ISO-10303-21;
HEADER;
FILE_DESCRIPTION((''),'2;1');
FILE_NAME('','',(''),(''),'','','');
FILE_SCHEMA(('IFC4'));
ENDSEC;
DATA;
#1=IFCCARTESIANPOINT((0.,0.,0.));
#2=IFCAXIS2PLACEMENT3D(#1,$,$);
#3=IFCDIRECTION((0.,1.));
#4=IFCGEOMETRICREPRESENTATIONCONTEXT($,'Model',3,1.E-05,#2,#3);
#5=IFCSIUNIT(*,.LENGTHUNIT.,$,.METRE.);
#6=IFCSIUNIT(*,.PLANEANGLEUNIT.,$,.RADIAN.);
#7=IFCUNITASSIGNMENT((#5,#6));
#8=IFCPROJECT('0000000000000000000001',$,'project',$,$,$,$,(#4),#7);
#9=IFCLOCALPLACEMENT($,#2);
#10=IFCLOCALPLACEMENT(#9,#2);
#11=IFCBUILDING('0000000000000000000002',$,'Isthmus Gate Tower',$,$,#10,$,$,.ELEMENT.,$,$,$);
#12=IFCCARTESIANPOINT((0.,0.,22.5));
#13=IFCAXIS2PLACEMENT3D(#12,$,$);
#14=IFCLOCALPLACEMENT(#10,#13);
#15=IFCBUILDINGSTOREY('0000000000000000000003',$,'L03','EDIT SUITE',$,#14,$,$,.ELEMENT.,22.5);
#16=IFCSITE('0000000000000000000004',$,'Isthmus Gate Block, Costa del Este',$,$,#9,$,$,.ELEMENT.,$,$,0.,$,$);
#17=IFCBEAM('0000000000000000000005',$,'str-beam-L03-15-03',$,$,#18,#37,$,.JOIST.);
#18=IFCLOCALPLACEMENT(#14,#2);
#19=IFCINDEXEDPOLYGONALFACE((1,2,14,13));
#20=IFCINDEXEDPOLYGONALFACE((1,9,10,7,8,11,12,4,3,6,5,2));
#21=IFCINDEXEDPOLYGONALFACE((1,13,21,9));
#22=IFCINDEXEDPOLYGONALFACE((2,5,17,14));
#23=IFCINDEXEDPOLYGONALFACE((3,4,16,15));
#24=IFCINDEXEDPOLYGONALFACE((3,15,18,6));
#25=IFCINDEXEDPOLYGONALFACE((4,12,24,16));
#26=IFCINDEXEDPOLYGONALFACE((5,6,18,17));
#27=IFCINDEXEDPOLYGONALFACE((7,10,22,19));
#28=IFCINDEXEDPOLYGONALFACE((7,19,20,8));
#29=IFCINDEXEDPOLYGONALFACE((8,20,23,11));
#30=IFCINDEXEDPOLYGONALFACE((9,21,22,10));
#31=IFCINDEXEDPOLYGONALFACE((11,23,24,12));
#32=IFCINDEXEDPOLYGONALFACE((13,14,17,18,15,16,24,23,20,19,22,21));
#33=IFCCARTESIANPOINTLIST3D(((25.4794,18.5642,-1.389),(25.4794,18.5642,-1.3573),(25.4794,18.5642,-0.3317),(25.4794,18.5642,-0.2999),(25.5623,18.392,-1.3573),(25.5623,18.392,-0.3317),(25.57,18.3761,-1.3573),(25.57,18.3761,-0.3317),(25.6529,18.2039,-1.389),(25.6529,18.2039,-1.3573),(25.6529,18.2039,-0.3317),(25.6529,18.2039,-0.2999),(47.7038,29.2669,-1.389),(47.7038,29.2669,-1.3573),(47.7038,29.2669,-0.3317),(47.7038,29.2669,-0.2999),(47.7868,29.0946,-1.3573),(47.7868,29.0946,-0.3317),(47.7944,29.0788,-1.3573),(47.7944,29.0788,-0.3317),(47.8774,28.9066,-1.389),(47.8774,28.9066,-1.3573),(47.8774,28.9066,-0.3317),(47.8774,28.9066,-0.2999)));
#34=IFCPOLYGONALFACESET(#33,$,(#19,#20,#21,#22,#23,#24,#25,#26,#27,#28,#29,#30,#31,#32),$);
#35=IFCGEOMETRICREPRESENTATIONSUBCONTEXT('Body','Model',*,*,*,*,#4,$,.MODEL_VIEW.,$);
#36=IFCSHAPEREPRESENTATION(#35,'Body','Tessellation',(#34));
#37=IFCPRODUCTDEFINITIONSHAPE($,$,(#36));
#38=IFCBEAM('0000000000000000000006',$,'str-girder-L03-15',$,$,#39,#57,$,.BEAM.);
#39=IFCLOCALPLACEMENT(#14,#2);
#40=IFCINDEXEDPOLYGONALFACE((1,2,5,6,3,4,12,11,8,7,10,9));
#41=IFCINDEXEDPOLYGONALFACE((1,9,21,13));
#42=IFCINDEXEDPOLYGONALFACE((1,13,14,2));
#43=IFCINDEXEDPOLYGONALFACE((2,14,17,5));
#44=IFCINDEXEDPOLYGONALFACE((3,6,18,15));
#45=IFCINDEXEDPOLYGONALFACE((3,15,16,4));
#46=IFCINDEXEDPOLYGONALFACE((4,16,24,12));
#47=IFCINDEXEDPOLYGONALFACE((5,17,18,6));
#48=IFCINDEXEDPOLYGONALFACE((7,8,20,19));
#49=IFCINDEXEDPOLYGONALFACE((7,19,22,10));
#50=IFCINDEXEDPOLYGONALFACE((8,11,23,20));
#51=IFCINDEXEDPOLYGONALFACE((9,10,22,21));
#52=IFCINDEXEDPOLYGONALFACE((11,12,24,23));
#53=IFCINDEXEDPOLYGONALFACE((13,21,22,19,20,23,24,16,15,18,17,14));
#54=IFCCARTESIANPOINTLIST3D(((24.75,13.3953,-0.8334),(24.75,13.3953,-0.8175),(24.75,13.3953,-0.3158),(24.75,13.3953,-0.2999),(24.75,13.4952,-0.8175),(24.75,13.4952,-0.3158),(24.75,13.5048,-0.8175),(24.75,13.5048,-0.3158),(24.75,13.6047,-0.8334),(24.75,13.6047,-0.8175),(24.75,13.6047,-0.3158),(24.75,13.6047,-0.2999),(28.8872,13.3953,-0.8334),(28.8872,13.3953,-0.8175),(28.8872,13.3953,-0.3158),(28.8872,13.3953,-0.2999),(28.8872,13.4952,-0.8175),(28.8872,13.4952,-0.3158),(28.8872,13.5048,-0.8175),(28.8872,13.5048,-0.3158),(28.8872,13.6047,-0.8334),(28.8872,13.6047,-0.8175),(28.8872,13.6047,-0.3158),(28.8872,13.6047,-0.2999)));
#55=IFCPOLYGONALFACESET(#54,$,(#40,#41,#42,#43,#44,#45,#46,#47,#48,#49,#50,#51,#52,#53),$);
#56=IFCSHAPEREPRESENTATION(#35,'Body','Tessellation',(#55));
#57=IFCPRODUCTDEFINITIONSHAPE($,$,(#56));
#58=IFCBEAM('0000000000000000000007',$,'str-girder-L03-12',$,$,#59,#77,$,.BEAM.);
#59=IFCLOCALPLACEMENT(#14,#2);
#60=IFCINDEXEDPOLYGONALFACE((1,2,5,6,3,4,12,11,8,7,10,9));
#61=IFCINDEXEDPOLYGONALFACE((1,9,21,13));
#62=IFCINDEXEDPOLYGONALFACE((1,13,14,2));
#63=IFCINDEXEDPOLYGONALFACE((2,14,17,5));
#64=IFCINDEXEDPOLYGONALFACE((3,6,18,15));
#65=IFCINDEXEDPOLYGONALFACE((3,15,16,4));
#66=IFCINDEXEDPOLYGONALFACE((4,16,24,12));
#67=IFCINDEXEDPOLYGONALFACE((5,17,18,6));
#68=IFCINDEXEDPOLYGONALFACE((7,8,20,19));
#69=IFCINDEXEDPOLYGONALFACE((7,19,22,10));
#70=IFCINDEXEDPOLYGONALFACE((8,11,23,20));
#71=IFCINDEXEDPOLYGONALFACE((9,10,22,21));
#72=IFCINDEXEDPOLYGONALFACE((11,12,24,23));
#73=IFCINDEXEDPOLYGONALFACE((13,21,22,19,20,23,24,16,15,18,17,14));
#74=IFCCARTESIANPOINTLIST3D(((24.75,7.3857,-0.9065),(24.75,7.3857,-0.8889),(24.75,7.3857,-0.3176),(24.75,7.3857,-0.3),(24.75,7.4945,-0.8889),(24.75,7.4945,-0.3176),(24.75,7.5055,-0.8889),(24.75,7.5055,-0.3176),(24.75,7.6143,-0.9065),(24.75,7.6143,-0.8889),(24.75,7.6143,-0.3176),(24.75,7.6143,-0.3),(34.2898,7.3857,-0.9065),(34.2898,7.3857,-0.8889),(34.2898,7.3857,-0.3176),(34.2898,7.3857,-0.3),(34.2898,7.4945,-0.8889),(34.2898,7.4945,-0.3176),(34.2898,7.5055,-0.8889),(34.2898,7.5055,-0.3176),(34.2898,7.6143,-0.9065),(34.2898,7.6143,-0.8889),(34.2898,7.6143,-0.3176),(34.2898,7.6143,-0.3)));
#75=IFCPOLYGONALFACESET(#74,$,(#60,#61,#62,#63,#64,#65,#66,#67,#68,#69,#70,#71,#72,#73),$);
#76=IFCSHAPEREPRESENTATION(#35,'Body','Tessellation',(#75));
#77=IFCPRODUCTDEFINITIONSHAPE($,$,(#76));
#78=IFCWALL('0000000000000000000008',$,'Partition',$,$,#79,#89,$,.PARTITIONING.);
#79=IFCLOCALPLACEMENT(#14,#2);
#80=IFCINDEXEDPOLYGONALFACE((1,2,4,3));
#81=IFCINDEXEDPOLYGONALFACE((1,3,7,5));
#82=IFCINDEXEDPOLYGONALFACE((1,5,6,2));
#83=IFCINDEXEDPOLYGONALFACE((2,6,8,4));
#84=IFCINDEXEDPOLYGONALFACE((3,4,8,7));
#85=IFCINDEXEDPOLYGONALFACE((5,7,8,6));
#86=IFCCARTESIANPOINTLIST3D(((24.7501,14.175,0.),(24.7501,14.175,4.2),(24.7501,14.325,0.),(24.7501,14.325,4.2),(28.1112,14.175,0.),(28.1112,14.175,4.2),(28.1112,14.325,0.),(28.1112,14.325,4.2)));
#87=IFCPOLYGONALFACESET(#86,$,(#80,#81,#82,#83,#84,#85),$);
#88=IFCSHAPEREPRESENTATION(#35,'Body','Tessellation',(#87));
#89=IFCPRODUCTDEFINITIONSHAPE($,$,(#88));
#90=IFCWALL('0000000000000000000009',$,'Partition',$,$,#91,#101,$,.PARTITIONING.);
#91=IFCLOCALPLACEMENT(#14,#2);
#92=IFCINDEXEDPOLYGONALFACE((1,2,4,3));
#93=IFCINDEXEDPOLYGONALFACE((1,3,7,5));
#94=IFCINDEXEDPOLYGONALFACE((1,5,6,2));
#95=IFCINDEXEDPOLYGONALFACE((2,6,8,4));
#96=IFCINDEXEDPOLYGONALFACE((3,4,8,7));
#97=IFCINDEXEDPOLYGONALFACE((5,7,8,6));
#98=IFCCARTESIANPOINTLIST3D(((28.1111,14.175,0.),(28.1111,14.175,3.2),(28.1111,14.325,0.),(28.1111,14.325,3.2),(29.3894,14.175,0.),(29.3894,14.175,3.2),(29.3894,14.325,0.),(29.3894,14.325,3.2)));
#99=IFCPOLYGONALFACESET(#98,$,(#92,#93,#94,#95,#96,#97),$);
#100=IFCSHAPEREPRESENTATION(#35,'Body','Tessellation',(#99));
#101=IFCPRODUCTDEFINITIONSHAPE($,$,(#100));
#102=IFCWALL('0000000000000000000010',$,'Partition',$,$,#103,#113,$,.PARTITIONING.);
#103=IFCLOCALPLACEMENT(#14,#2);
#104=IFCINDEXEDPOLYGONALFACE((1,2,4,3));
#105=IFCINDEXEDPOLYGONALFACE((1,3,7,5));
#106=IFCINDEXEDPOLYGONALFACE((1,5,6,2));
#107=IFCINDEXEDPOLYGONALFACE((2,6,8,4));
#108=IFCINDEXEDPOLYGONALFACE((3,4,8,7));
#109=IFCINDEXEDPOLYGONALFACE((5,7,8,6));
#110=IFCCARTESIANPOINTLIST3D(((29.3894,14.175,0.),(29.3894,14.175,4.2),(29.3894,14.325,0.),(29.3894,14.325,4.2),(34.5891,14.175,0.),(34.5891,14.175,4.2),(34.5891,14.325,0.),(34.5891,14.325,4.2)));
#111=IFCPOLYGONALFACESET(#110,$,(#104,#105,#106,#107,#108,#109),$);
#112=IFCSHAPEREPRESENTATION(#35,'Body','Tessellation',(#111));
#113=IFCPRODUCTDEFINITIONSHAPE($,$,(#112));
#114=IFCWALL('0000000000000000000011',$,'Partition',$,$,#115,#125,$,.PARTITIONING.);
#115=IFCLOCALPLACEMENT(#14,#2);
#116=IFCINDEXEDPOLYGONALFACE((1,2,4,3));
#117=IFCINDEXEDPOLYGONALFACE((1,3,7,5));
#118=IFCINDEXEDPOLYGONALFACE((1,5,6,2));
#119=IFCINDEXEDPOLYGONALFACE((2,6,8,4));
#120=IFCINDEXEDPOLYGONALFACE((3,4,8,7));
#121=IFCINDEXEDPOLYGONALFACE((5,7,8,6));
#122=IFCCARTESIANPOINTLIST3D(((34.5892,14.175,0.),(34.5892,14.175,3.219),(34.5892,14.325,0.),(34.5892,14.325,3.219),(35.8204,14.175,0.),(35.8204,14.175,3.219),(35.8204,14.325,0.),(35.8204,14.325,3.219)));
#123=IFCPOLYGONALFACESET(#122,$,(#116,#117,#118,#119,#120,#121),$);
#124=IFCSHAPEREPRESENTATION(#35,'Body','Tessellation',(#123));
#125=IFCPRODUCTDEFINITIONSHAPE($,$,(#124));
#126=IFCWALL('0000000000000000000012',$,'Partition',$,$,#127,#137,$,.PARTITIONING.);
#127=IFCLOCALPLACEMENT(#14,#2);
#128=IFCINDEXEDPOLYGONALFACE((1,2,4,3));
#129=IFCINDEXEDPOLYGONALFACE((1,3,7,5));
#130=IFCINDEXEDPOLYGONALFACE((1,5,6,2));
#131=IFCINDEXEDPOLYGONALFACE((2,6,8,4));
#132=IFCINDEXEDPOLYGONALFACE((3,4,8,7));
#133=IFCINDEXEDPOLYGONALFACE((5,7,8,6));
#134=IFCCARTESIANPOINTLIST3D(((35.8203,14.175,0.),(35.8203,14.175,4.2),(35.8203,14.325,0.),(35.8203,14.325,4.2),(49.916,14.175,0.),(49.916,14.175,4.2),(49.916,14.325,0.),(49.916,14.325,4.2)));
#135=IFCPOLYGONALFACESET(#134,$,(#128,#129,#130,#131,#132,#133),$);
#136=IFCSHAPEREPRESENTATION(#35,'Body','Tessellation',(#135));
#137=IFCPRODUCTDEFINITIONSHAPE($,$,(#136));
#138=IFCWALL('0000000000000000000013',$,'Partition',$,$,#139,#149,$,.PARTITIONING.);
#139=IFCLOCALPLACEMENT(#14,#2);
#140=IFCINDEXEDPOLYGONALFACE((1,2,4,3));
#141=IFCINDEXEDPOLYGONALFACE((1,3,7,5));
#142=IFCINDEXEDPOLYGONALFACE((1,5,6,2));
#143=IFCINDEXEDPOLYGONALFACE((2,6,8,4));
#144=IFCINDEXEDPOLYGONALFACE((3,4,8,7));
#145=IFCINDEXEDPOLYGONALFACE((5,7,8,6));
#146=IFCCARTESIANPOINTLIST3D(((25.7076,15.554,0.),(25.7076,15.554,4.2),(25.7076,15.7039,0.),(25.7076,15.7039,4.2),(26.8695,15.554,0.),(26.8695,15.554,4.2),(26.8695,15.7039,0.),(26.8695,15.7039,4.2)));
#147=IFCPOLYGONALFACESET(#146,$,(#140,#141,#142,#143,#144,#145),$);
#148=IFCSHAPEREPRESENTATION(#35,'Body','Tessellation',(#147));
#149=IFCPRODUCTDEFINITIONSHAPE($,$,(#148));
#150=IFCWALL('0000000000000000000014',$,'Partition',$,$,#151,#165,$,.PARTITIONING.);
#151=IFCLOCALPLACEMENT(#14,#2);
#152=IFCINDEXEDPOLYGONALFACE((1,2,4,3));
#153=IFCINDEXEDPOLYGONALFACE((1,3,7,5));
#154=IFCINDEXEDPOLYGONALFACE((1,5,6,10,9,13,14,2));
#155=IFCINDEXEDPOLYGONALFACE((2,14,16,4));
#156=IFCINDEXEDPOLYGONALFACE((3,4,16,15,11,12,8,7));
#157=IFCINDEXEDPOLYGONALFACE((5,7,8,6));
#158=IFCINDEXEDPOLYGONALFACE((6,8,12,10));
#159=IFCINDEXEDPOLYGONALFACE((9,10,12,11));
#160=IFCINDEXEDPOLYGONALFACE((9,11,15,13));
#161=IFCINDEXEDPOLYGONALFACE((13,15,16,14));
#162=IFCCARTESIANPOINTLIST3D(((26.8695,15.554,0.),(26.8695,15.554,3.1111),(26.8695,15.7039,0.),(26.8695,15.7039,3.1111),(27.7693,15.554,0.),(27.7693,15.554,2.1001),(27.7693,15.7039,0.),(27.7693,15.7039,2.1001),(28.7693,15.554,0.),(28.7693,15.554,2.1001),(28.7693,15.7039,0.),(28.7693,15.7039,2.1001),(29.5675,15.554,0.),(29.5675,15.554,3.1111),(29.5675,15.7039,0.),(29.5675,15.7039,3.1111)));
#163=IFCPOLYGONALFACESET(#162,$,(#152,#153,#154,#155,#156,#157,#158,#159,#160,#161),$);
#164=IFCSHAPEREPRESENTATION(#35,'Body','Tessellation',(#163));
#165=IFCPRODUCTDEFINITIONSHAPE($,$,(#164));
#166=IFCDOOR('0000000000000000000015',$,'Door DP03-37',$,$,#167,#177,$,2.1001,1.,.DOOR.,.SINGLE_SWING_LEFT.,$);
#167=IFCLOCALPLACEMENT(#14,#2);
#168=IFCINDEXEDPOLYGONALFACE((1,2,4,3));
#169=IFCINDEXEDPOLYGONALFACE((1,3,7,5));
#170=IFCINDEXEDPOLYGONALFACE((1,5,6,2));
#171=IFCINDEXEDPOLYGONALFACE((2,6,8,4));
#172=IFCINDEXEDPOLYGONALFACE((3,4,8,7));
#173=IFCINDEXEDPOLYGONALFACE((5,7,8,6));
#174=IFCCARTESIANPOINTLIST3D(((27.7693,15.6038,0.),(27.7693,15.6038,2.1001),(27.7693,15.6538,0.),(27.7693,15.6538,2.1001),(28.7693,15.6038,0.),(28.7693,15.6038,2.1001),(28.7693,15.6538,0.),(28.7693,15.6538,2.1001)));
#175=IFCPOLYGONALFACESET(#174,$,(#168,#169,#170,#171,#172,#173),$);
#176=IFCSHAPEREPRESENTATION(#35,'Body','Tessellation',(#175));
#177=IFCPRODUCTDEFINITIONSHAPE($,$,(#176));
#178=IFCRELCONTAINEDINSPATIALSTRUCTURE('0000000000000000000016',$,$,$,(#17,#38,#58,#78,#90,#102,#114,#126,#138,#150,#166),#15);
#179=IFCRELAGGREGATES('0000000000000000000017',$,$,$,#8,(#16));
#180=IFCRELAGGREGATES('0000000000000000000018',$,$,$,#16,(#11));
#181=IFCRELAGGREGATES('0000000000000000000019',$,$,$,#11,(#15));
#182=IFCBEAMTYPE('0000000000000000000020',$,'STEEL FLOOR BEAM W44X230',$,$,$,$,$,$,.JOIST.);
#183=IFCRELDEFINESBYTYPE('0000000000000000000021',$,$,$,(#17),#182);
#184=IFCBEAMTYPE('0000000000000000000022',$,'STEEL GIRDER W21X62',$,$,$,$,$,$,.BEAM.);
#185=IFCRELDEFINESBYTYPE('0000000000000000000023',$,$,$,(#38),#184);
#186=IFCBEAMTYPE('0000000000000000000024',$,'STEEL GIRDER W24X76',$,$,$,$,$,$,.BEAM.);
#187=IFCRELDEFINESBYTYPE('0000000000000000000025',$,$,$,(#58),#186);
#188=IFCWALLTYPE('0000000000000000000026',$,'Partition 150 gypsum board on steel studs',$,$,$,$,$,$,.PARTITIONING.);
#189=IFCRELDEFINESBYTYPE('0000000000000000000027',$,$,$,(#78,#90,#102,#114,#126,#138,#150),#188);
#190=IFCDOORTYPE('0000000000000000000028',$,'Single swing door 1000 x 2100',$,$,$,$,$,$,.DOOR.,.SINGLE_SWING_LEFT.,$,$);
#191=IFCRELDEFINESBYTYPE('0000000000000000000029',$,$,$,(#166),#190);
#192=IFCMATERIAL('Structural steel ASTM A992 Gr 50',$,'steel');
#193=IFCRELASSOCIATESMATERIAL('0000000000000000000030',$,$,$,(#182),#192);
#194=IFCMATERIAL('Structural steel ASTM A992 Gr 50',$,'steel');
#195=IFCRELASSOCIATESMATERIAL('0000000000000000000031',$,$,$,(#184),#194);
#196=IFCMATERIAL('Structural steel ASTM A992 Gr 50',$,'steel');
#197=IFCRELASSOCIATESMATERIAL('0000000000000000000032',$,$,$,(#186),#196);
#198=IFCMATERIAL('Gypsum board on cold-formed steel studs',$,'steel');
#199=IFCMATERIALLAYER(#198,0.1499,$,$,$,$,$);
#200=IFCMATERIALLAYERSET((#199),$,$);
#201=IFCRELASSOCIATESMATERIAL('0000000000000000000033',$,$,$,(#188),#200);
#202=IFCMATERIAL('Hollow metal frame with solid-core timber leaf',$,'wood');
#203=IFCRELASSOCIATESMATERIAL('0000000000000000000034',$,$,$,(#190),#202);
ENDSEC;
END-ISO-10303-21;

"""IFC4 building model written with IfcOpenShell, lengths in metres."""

from ifc_helpers import new_model, si_unit, direction, frame, frame_2d, origin, origin_2d, place, context, subcontext, project, spatial, rectangle, i_section, extrude, material, layer, layer_set, material_profile, profile_set, type_object, element, fill, save


model = new_model("IFC4")

# Units and contexts
model_context = context("Model", 3, precision=1e-05, world=origin(), true_north=direction((0.0, 1.0)))
body_context = subcontext(model_context, "Body", "Model", "MODEL_VIEW")
ifc_project = project(units=[si_unit("LENGTHUNIT", "METRE"), si_unit("PLANEANGLEUNIT", "RADIAN")], contexts=[model_context])

# Site, building, storey
site_placement = place(None, origin())
site = spatial("IfcSite", under=ifc_project, at=site_placement, Name="Isthmus Gate Block, Costa del Este", CompositionType="ELEMENT", RefElevation=0.0)
building_placement = place(site_placement, origin())
building = spatial("IfcBuilding", under=site, at=building_placement, Name="Isthmus Gate Tower", CompositionType="ELEMENT")
storey_placement = place(building_placement, frame((0.0, 0.0, 22.5)))
storey = spatial("IfcBuildingStorey", under=building, at=storey_placement, Name="L03", Description="EDIT SUITE", CompositionType="ELEMENT", Elevation=22.5)

# Beams
ifc_material_1 = material(Name="Structural steel ASTM A992 Gr 50", Category="steel")
ifc_material_profile_1 = material_profile(ifc_material_1, i_section(OverallWidth=0.3999, OverallDepth=1.0891, WebThickness=0.0176, FlangeThickness=0.0317, at=origin_2d()), Name="W44X230")
ifc_profile_set_1 = profile_set([ifc_material_profile_1], Name="Structural steel ASTM A992 Gr 50")
beam_type_1 = type_object("IfcBeamType", Name="STEEL FLOOR BEAM W44X230", PredefinedType="JOIST", material=ifc_profile_set_1)
beam_1_placement = place(storey_placement, frame((25.5662, 18.384, -0.8445), z_axis=(0.90097, 0.433882, 0.0), x_axis=(-0.433882, 0.90097, 0.0)))
element("IfcBeam", 1, at=beam_1_placement, inside=storey, type_object=beam_type_1, Name="str-beam-L03-15-03", PredefinedType="JOIST", context=body_context, shape_type="SweptSolid", body=[
    extrude(i_section(OverallWidth=0.3999, OverallDepth=1.0891, WebThickness=0.0176, FlangeThickness=0.0317, at=origin_2d()), origin(), (0.0, 0.0, 1.0), 24.6672),
])
ifc_material_2 = material(Name="Structural steel ASTM A992 Gr 50", Category="steel")
ifc_material_profile_2 = material_profile(ifc_material_2, i_section(OverallWidth=0.2095, OverallDepth=0.5334, WebThickness=0.0095, FlangeThickness=0.0159, at=origin_2d()), Name="W21X62")
ifc_profile_set_2 = profile_set([ifc_material_profile_2], Name="Structural steel ASTM A992 Gr 50")
beam_type_2 = type_object("IfcBeamType", Name="STEEL GIRDER W21X62", PredefinedType="BEAM", material=ifc_profile_set_2)
beam_2_placement = place(storey_placement, frame((24.75, 13.5, -0.5667), z_axis=(1.0, 0.0, 0.0), x_axis=(0.0, 1.0, 0.0)))
element("IfcBeam", 2, at=beam_2_placement, inside=storey, type_object=beam_type_2, Name="str-girder-L03-15", PredefinedType="BEAM", context=body_context, shape_type="SweptSolid", body=[
    extrude(i_section(OverallWidth=0.2095, OverallDepth=0.5334, WebThickness=0.0095, FlangeThickness=0.0159, at=origin_2d()), origin(), (0.0, 0.0, 1.0), 4.1372),
])
ifc_material_3 = material(Name="Structural steel ASTM A992 Gr 50", Category="steel")
ifc_material_profile_3 = material_profile(ifc_material_3, i_section(OverallWidth=0.2285, OverallDepth=0.6064, WebThickness=0.011, FlangeThickness=0.0176, at=origin_2d()), Name="W24X76")
ifc_profile_set_3 = profile_set([ifc_material_profile_3], Name="Structural steel ASTM A992 Gr 50")
beam_type_3 = type_object("IfcBeamType", Name="STEEL GIRDER W24X76", PredefinedType="BEAM", material=ifc_profile_set_3)
beam_3_placement = place(storey_placement, frame((24.75, 7.5, -0.6033), z_axis=(1.0, 0.0, 0.0), x_axis=(0.0, 1.0, 0.0)))
element("IfcBeam", 3, at=beam_3_placement, inside=storey, type_object=beam_type_3, Name="str-girder-L03-12", PredefinedType="BEAM", context=body_context, shape_type="SweptSolid", body=[
    extrude(i_section(OverallWidth=0.2285, OverallDepth=0.6064, WebThickness=0.011, FlangeThickness=0.0176, at=origin_2d()), origin(), (0.0, 0.0, 1.0), 9.5398),
])

# Walls
ifc_material_4 = material(Name="Gypsum board on cold-formed steel studs", Category="steel")
ifc_layer = layer(ifc_material_4, 0.1499)
ifc_layer_set = layer_set([ifc_layer])
wall_type = type_object("IfcWallType", Name="Partition 150 gypsum board on steel studs", PredefinedType="PARTITIONING", material=ifc_layer_set)
wall_1_placement = place(storey_placement, frame((24.75, 14.25, 0.0), z_axis=(0.0, 0.0, 1.0), x_axis=(1.0, 0.0, 0.0)))
element("IfcWall", 4, at=wall_1_placement, inside=storey, type_object=wall_type, Name="Partition", PredefinedType="PARTITIONING", context=body_context, shape_type="SweptSolid", body=[
    extrude(rectangle(XDim=3.3611, YDim=0.1499, at=frame_2d((1.6807, 0.0))), origin(), (0.0, 0.0, 1.0), 4.2),
])
wall_2_placement = place(storey_placement, frame((28.1111, 14.25, 0.0), z_axis=(0.0, 0.0, 1.0), x_axis=(1.0, 0.0, 0.0)))
element("IfcWall", 5, at=wall_2_placement, inside=storey, type_object=wall_type, Name="Partition", PredefinedType="PARTITIONING", context=body_context, shape_type="SweptSolid", body=[
    extrude(rectangle(XDim=1.2783, YDim=0.1499, at=frame_2d((0.6392, 0.0))), origin(), (0.0, 0.0, 1.0), 3.2),
])
wall_3_placement = place(storey_placement, frame((29.3894, 14.25, 0.0), z_axis=(0.0, 0.0, 1.0), x_axis=(1.0, 0.0, 0.0)))
element("IfcWall", 6, at=wall_3_placement, inside=storey, type_object=wall_type, Name="Partition", PredefinedType="PARTITIONING", context=body_context, shape_type="SweptSolid", body=[
    extrude(rectangle(XDim=5.1997, YDim=0.1499, at=frame_2d((2.5999, 0.0))), origin(), (0.0, 0.0, 1.0), 4.2),
])
wall_4_placement = place(storey_placement, frame((34.5891, 14.25, 0.0), z_axis=(0.0, 0.0, 1.0), x_axis=(1.0, 0.0, 0.0)))
element("IfcWall", 7, at=wall_4_placement, inside=storey, type_object=wall_type, Name="Partition", PredefinedType="PARTITIONING", context=body_context, shape_type="SweptSolid", body=[
    extrude(rectangle(XDim=1.2312, YDim=0.1499, at=frame_2d((0.6157, 0.0))), origin(), (0.0, 0.0, 1.0), 3.219),
])
wall_5_placement = place(storey_placement, frame((35.8203, 14.25, 0.0), z_axis=(0.0, 0.0, 1.0), x_axis=(1.0, 0.0, 0.0)))
element("IfcWall", 8, at=wall_5_placement, inside=storey, type_object=wall_type, Name="Partition", PredefinedType="PARTITIONING", context=body_context, shape_type="SweptSolid", body=[
    extrude(rectangle(XDim=14.0957, YDim=0.1499, at=frame_2d((7.0479, 0.0))), origin(), (0.0, 0.0, 1.0), 4.2),
])
wall_6_placement = place(storey_placement, frame((25.7075, 15.6289, 0.0), z_axis=(0.0, 0.0, 1.0), x_axis=(1.0, 0.0, 0.0)))
element("IfcWall", 9, at=wall_6_placement, inside=storey, type_object=wall_type, Name="Partition", PredefinedType="PARTITIONING", context=body_context, shape_type="SweptSolid", body=[
    extrude(rectangle(XDim=1.1619, YDim=0.1499, at=frame_2d((0.5811, 0.0))), origin(), (0.0, 0.0, 1.0), 4.2),
])

# Wall, opening, door
wall_7_placement = place(storey_placement, frame((26.8694, 15.6289, 0.0), z_axis=(0.0, 0.0, 1.0), x_axis=(1.0, 0.0, 0.0)))
wall_7 = element("IfcWall", 10, at=wall_7_placement, inside=storey, type_object=wall_type, Name="Partition", PredefinedType="PARTITIONING", context=body_context, shape_type="SweptSolid", body=[
    extrude(rectangle(XDim=2.698, YDim=0.1499, at=frame_2d((1.3491, 0.0))), origin(), (0.0, 0.0, 1.0), 3.1111),
])
opening_1_placement = place(wall_7_placement, frame((0.8999, 0.0, 0.0)))
opening_1 = element("IfcOpeningElement", 11, at=opening_1_placement, cuts=wall_7, PredefinedType="OPENING", context=body_context, shape_type="SweptSolid", body=[
    extrude(rectangle(XDim=1.0, YDim=2.1001, at=frame_2d((0.5, 1.05))), frame((0.0, 0.085, 0.0), z_axis=(0.0, -1.0, 0.0), x_axis=(1.0, 0.0, 0.0)), (0.0, 0.0, 1.0), 0.1699),
])
ifc_material_5 = material(Name="Hollow metal frame with solid-core timber leaf", Category="wood")
door_type = type_object("IfcDoorType", Name="Single swing door 1000 x 2100", OperationType="SINGLE_SWING_LEFT", PredefinedType="DOOR", material=ifc_material_5)
door_1_placement = place(opening_1_placement, origin())
door_1 = element("IfcDoor", 12, at=door_1_placement, inside=storey, type_object=door_type, Name="Door DP03-37", OperationType="SINGLE_SWING_LEFT", OverallHeight=2.1001, OverallWidth=1.0, PredefinedType="DOOR", context=body_context, shape_type="SweptSolid", body=[
    extrude(rectangle(XDim=1.0, YDim=2.1001, at=frame_2d((0.5, 1.05))), frame((0.0, 0.0249, 0.0), z_axis=(0.0, -1.0, 0.0), x_axis=(1.0, 0.0, 0.0)), (0.0, 0.0, 1.0), 0.05),
])
fill(opening_1, door_1)

save(model, "model.ifc")
